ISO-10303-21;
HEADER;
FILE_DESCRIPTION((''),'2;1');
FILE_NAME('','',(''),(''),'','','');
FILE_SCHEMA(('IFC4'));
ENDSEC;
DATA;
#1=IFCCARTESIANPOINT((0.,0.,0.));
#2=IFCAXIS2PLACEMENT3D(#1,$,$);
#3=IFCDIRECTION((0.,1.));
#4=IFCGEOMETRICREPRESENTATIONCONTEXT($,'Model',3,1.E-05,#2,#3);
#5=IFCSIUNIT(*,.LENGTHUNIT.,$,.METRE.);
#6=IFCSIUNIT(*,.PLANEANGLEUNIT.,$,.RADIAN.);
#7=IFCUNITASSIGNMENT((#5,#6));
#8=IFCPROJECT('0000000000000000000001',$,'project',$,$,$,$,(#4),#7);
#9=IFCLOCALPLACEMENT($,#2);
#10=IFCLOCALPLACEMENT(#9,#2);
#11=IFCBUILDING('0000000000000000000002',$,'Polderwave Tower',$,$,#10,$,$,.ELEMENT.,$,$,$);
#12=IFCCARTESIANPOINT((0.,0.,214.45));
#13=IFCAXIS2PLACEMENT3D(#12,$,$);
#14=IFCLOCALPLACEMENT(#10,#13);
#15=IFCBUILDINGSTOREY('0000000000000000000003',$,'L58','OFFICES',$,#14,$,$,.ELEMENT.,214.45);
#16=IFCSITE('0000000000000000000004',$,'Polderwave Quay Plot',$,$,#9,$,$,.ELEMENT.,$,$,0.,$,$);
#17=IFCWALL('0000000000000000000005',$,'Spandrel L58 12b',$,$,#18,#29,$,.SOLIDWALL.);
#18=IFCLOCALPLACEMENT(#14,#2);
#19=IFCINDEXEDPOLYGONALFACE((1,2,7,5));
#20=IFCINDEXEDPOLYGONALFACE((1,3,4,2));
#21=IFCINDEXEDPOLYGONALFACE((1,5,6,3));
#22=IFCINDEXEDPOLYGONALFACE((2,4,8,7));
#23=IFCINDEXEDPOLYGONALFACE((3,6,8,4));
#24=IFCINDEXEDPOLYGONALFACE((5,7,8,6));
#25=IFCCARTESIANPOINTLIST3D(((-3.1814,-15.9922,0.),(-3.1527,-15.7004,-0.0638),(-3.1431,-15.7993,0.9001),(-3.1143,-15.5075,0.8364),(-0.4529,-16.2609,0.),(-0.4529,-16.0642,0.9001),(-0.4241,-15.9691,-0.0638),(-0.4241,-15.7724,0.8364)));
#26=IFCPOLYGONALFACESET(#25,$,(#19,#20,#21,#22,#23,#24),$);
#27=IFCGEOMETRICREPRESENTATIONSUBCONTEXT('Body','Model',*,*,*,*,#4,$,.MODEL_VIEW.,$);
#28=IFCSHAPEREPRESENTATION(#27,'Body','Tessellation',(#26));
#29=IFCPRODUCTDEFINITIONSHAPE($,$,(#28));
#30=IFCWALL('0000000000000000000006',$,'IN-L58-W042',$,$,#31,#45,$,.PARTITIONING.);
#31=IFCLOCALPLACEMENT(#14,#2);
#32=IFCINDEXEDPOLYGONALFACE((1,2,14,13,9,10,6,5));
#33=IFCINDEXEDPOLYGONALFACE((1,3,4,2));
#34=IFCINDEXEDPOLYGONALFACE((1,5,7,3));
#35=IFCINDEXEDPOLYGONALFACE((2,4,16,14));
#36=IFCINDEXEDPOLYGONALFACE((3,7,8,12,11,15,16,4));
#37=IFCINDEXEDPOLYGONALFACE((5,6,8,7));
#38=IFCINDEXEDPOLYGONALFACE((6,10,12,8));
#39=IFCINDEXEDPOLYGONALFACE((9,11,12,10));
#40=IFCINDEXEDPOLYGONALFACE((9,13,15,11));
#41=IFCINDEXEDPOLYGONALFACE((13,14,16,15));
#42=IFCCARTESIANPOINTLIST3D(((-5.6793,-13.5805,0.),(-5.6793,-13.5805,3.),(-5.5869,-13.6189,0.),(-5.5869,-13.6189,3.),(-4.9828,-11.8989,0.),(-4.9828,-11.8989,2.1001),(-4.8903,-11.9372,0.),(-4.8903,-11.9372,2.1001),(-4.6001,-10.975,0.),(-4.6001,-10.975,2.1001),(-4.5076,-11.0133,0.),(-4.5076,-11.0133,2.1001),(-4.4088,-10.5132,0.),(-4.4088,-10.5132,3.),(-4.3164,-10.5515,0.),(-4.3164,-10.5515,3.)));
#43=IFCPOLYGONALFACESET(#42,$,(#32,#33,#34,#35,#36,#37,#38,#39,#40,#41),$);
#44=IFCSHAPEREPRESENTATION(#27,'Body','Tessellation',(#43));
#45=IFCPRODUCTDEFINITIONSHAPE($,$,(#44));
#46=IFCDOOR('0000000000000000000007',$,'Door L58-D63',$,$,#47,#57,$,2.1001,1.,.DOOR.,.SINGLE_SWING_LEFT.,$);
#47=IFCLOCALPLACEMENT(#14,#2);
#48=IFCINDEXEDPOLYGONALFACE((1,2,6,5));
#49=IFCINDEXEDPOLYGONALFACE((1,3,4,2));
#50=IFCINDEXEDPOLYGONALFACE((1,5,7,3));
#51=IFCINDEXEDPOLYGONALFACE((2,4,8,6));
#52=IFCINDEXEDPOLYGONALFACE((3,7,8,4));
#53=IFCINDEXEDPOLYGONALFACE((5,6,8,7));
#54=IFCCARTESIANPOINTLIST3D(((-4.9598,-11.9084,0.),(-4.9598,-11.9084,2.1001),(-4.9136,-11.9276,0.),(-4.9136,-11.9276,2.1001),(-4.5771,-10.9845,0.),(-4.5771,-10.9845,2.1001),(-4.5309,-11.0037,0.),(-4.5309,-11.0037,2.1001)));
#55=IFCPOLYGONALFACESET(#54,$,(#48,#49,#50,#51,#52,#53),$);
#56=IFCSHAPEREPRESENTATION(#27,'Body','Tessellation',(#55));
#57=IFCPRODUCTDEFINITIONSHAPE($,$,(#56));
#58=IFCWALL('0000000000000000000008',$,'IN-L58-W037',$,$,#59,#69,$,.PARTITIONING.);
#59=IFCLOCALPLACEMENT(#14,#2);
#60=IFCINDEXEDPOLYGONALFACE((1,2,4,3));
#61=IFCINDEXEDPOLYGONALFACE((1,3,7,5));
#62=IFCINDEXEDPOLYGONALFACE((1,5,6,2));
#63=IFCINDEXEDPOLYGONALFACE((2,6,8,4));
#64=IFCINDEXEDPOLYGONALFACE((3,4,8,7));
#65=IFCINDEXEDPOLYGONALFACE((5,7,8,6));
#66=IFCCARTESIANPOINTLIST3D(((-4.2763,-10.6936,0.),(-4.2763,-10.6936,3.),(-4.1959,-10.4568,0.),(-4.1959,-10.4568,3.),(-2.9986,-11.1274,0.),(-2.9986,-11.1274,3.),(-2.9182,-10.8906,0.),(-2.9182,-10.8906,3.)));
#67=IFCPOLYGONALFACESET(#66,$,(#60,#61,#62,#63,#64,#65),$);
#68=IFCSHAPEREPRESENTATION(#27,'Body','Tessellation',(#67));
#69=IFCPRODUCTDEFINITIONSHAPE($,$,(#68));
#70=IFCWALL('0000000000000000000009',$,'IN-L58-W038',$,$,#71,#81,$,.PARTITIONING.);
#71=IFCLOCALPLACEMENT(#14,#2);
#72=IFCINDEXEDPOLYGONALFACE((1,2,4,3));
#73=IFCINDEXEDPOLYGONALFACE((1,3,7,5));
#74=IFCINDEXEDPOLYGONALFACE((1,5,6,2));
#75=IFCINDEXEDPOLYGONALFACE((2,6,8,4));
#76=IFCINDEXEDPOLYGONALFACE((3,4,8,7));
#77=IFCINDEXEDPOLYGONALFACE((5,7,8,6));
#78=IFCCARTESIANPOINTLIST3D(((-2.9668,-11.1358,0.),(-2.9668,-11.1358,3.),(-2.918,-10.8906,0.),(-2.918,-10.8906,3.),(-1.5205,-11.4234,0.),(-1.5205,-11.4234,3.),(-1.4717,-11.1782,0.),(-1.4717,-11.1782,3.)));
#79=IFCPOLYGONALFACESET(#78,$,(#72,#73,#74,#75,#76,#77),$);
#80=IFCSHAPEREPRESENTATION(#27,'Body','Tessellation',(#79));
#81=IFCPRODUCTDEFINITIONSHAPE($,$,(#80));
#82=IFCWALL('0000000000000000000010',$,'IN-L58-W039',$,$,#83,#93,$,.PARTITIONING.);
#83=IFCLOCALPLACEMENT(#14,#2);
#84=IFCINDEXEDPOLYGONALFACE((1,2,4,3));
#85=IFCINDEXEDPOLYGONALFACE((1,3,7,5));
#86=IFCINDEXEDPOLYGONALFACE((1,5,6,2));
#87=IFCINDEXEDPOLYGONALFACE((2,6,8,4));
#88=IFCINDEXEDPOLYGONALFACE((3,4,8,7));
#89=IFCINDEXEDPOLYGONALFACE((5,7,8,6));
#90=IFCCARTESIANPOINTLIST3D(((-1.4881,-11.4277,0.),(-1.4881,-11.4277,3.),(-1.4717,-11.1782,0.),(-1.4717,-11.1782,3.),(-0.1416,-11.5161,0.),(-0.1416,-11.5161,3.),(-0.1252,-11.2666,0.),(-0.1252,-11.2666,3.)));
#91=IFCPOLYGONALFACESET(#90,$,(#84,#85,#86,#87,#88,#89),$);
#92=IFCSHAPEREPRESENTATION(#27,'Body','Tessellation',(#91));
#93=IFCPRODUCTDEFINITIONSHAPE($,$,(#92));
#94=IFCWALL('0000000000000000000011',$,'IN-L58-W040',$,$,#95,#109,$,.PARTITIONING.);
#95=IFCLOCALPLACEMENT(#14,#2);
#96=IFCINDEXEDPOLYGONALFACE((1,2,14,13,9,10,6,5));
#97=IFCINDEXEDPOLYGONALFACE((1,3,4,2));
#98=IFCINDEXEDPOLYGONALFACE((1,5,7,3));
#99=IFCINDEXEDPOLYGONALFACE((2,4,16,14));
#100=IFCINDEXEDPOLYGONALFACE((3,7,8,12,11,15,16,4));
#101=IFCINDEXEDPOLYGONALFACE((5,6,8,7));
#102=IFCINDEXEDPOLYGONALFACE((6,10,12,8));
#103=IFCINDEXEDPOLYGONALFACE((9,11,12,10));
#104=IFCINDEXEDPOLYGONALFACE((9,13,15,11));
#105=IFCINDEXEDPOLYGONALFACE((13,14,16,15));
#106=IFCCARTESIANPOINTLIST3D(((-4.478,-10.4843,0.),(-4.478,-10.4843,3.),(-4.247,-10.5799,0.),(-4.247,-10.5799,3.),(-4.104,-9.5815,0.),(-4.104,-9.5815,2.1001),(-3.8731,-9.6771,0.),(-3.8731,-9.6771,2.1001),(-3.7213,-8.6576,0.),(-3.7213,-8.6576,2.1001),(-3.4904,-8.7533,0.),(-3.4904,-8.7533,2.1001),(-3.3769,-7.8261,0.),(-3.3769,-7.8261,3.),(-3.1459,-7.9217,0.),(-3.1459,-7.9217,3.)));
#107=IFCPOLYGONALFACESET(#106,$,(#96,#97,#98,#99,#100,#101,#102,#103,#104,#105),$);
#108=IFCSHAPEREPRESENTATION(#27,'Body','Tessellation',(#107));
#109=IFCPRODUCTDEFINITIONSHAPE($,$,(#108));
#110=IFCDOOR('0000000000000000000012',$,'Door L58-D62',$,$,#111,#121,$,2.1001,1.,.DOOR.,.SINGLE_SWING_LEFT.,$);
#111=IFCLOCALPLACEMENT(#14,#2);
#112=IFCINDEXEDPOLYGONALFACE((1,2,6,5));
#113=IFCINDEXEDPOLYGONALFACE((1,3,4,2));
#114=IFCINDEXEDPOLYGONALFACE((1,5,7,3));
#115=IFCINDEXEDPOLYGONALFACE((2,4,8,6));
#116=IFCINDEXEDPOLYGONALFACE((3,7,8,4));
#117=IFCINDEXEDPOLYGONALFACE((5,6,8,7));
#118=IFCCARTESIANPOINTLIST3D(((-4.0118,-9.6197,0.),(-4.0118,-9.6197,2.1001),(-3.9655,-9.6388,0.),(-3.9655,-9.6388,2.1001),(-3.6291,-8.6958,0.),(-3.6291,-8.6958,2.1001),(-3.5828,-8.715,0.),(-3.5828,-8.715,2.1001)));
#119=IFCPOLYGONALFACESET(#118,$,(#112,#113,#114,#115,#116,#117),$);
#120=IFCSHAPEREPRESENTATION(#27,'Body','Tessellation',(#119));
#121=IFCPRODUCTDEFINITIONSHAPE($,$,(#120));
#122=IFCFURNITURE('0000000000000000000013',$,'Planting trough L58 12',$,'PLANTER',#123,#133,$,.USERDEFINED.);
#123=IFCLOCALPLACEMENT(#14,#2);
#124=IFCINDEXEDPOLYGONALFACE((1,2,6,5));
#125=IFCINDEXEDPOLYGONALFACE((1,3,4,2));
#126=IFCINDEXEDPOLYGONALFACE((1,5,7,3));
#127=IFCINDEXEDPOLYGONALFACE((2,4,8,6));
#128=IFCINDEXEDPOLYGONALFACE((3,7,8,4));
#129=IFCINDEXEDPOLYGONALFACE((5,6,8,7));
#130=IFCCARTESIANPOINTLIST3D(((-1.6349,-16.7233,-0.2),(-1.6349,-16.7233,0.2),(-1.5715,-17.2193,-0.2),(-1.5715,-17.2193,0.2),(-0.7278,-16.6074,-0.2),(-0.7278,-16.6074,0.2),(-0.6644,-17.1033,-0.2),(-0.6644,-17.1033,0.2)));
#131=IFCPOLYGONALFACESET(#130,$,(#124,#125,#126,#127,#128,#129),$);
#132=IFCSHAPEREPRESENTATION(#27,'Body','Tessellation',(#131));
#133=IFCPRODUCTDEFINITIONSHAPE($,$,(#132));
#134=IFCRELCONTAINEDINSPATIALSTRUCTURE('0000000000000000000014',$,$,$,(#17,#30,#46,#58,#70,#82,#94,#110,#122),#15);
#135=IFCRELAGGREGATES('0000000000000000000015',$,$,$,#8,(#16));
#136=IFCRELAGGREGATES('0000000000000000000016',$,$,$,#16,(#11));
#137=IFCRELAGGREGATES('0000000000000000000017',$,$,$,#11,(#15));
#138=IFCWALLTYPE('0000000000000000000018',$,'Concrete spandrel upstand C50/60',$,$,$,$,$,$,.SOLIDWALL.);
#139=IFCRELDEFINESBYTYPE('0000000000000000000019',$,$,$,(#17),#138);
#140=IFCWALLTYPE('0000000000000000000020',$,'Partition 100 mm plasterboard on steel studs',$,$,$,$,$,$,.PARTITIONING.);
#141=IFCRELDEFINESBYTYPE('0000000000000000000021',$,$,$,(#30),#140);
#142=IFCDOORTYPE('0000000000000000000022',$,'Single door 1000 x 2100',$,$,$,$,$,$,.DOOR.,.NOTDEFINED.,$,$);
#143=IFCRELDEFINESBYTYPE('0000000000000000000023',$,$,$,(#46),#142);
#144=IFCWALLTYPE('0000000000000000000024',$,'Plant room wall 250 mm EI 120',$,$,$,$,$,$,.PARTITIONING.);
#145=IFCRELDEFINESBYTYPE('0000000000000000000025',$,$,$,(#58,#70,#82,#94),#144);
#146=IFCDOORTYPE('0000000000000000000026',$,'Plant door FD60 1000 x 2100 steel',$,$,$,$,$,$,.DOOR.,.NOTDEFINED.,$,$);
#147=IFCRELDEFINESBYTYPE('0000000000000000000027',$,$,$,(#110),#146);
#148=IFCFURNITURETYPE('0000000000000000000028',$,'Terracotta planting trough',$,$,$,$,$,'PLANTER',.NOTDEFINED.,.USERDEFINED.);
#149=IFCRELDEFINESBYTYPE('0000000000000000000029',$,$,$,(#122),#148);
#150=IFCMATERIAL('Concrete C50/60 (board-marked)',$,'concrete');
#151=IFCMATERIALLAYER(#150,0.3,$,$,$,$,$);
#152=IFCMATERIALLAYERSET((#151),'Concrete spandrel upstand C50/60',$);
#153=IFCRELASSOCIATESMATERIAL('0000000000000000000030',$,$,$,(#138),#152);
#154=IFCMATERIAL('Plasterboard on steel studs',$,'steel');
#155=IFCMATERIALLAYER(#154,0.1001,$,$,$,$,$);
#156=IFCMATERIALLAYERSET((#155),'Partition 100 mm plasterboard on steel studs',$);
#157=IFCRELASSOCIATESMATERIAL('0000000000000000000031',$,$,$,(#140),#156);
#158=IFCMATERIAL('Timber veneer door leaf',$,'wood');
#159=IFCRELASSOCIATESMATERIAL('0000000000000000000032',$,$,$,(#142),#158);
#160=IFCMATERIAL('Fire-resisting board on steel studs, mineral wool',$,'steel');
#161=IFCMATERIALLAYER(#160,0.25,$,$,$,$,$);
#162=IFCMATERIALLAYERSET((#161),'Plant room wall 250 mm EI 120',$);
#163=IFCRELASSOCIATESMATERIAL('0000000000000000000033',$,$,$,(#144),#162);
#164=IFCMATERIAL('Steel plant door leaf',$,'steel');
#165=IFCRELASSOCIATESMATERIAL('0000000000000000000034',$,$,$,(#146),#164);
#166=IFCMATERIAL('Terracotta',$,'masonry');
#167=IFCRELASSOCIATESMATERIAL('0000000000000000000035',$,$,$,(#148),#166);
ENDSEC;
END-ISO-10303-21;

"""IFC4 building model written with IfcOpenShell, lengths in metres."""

from ifc_helpers import new_model, si_unit, direction, frame, frame_2d, origin, origin_2d, place, context, subcontext, project, spatial, polyline, rectangle, outline, extrude, material, layer, layer_set, type_object, element, fill, save


model = new_model("IFC4")

# Units and contexts
model_context = context("Model", 3, precision=1e-05, world=origin(), true_north=direction((0.0, 1.0)))
body_context = subcontext(model_context, "Body", "Model", "MODEL_VIEW")
ifc_project = project(units=[si_unit("LENGTHUNIT", "METRE"), si_unit("PLANEANGLEUNIT", "RADIAN")], contexts=[model_context])

# Site, building, storey
site_placement = place(None, origin())
site = spatial("IfcSite", under=ifc_project, at=site_placement, Name="Polderwave Quay Plot", CompositionType="ELEMENT", RefElevation=0.0)
building_placement = place(site_placement, origin())
building = spatial("IfcBuilding", under=site, at=building_placement, Name="Polderwave Tower", CompositionType="ELEMENT")
storey_placement = place(building_placement, frame((0.0, 0.0, 214.45)))
storey = spatial("IfcBuildingStorey", under=building, at=storey_placement, Name="L58", Description="OFFICES", CompositionType="ELEMENT", Elevation=214.45)

# Wall
ifc_material_1 = material(Name="Concrete C50/60 (board-marked)", Category="concrete")
ifc_layer_1 = layer(ifc_material_1, 0.3)
ifc_layer_set_1 = layer_set([ifc_layer_1], Name="Concrete spandrel upstand C50/60")
wall_type_1 = type_object("IfcWallType", Name="Concrete spandrel upstand C50/60", PredefinedType="SOLIDWALL", material=ifc_layer_set_1)
wall_1_placement = place(storey_placement, frame((-3.1814, -15.9922, 0.0), z_axis=(-0.095778, -0.972453, 0.212513), x_axis=(0.995185, -0.098017, -0.000005)))
element("IfcWall", 1, at=wall_1_placement, inside=storey, type_object=wall_type_1, Name="Spandrel L58 12b", PredefinedType="SOLIDWALL", context=body_context, shape_type="SweptSolid", body=[
    extrude(outline(polyline([(0.0, 0.0), (2.7417, 0.0), (2.7224, 0.9212), (0.0192, 0.9212), (0.0, 0.0)])), origin(), (0.0, 0.0, -1.0), 0.3),
])

# Wall, opening, door
ifc_material_2 = material(Name="Plasterboard on steel studs", Category="steel")
ifc_layer_2 = layer(ifc_material_2, 0.1001)
ifc_layer_set_2 = layer_set([ifc_layer_2], Name="Partition 100 mm plasterboard on steel studs")
wall_type_2 = type_object("IfcWallType", Name="Partition 100 mm plasterboard on steel studs", PredefinedType="PARTITIONING", material=ifc_layer_set_2)
wall_2_placement = place(storey_placement, frame((-4.3625, -10.5322, 0.0), z_axis=(0.0, 0.0, 1.0), x_axis=(-0.382672, -0.923884, 0.0)))
wall_2 = element("IfcWall", 2, at=wall_2_placement, inside=storey, type_object=wall_type_2, Name="IN-L58-W042", PredefinedType="PARTITIONING", context=body_context, shape_type="SweptSolid", body=[
    extrude(rectangle(XDim=3.3201, YDim=0.1001, at=frame_2d((1.6602, 0.0))), origin(), (0.0, 0.0, 1.0), 3.0),
])
opening_1_placement = place(wall_2_placement, frame((0.5, 0.0, 0.0)))
opening_1 = element("IfcOpeningElement", 3, at=opening_1_placement, cuts=wall_2, PredefinedType="OPENING", context=body_context, shape_type="SweptSolid", body=[
    extrude(rectangle(XDim=1.0, YDim=2.1001, at=frame_2d((0.5, 1.05))), frame((0.0, 0.0601, 0.0), z_axis=(0.0, -1.0, 0.0), x_axis=(1.0, 0.0, 0.0)), (0.0, 0.0, 1.0), 0.1201),
])
ifc_material_3 = material(Name="Timber veneer door leaf", Category="wood")
door_type_1 = type_object("IfcDoorType", Name="Single door 1000 x 2100", OperationType="NOTDEFINED", PredefinedType="DOOR", material=ifc_material_3)
door_1_placement = place(opening_1_placement, origin())
door_1 = element("IfcDoor", 4, at=door_1_placement, inside=storey, type_object=door_type_1, Name="Door L58-D63", OperationType="SINGLE_SWING_LEFT", OverallHeight=2.1001, OverallWidth=1.0, PredefinedType="DOOR", context=body_context, shape_type="SweptSolid", body=[
    extrude(rectangle(XDim=1.0, YDim=2.1001, at=frame_2d((0.5, 1.05))), frame((0.0, 0.0249, 0.0), z_axis=(0.0, -1.0, 0.0), x_axis=(1.0, 0.0, 0.0)), (0.0, 0.0, 1.0), 0.05),
])
fill(opening_1, door_1)

# Walls
ifc_material_4 = material(Name="Fire-resisting board on steel studs, mineral wool", Category="steel")
ifc_layer_3 = layer(ifc_material_4, 0.25)
ifc_layer_set_3 = layer_set([ifc_layer_3], Name="Plant room wall 250 mm EI 120")
wall_type_3 = type_object("IfcWallType", Name="Plant room wall 250 mm EI 120", PredefinedType="PARTITIONING", material=ifc_layer_set_3)
wall_3_placement = place(storey_placement, frame((-2.9583, -11.009, 0.0), z_axis=(0.0, 0.0, 1.0), x_axis=(-0.946914, 0.321488, 0.0)))
element("IfcWall", 5, at=wall_3_placement, inside=storey, type_object=wall_type_3, Name="IN-L58-W037", PredefinedType="PARTITIONING", context=body_context, shape_type="SweptSolid", body=[
    extrude(rectangle(XDim=1.3494, YDim=0.25, at=frame_2d((0.6748, 0.0))), origin(), (0.0, 0.0, 1.0), 3.0),
])
wall_4_placement = place(storey_placement, frame((-1.4961, -11.3008, 0.0), z_axis=(0.0, 0.0, 1.0), x_axis=(-0.980797, 0.195033, 0.0)))
element("IfcWall", 6, at=wall_4_placement, inside=storey, type_object=wall_type_3, Name="IN-L58-W038", PredefinedType="PARTITIONING", context=body_context, shape_type="SweptSolid", body=[
    extrude(rectangle(XDim=1.4746, YDim=0.25, at=frame_2d((0.7373, 0.0))), origin(), (0.0, 0.0, 1.0), 3.0),
])
wall_5_placement = place(storey_placement, frame((-0.1333, -11.3914, 0.0), z_axis=(0.0, 0.0, 1.0), x_axis=(-0.997853, 0.065498, 0.0)))
element("IfcWall", 7, at=wall_5_placement, inside=storey, type_object=wall_type_3, Name="IN-L58-W039", PredefinedType="PARTITIONING", context=body_context, shape_type="SweptSolid", body=[
    extrude(rectangle(XDim=1.3494, YDim=0.25, at=frame_2d((0.6748, 0.0))), origin(), (0.0, 0.0, 1.0), 3.0),
])

# Wall, opening, door
wall_6_placement = place(storey_placement, frame((-3.2615, -7.874, 0.0), z_axis=(0.0, 0.0, 1.0), x_axis=(-0.382687, -0.923878, 0.0)))
wall_6 = element("IfcWall", 8, at=wall_6_placement, inside=storey, type_object=wall_type_3, Name="IN-L58-W040", PredefinedType="PARTITIONING", context=body_context, shape_type="SweptSolid", body=[
    extrude(rectangle(XDim=2.8772, YDim=0.25, at=frame_2d((1.4385, 0.0))), origin(), (0.0, 0.0, 1.0), 3.0),
])
opening_2_placement = place(wall_6_placement, frame((0.8999, 0.0, 0.0)))
opening_2 = element("IfcOpeningElement", 9, at=opening_2_placement, cuts=wall_6, PredefinedType="OPENING", context=body_context, shape_type="SweptSolid", body=[
    extrude(rectangle(XDim=1.0, YDim=2.1001, at=frame_2d((0.5, 1.05))), frame((0.0, 0.135, 0.0), z_axis=(0.0, -1.0, 0.0), x_axis=(1.0, 0.0, 0.0)), (0.0, 0.0, 1.0), 0.27),
])
ifc_material_5 = material(Name="Steel plant door leaf", Category="steel")
door_type_2 = type_object("IfcDoorType", Name="Plant door FD60 1000 x 2100 steel", OperationType="NOTDEFINED", PredefinedType="DOOR", material=ifc_material_5)
door_2_placement = place(opening_2_placement, origin())
door_2 = element("IfcDoor", 10, at=door_2_placement, inside=storey, type_object=door_type_2, Name="Door L58-D62", OperationType="SINGLE_SWING_LEFT", OverallHeight=2.1001, OverallWidth=1.0, PredefinedType="DOOR", context=body_context, shape_type="SweptSolid", body=[
    extrude(rectangle(XDim=1.0, YDim=2.1001, at=frame_2d((0.5, 1.05))), frame((0.0, 0.0249, 0.0), z_axis=(0.0, -1.0, 0.0), x_axis=(1.0, 0.0, 0.0)), (0.0, 0.0, 1.0), 0.05),
])
fill(opening_2, door_2)

# Furniture
ifc_material_6 = material(Name="Terracotta", Category="masonry")
furniture_type = type_object("IfcFurnitureType", Name="Terracotta planting trough", ElementType="PLANTER", AssemblyPlace="NOTDEFINED", PredefinedType="USERDEFINED", material=ifc_material_6)
furniture_placement = place(storey_placement, frame((-1.1497, -16.9133, -0.2), z_axis=(0.0, 0.0, 1.0), x_axis=(0.991927, 0.12681, 0.0)))
element("IfcFurniture", 11, at=furniture_placement, inside=storey, type_object=furniture_type, Name="Planting trough L58 12", ObjectType="PLANTER", PredefinedType="USERDEFINED", context=body_context, shape_type="SweptSolid", body=[
    extrude(rectangle(XDim=0.9146, YDim=0.5, at=origin_2d()), origin(), (0.0, 0.0, 1.0), 0.3999),
])

save(model, "model.ifc")
